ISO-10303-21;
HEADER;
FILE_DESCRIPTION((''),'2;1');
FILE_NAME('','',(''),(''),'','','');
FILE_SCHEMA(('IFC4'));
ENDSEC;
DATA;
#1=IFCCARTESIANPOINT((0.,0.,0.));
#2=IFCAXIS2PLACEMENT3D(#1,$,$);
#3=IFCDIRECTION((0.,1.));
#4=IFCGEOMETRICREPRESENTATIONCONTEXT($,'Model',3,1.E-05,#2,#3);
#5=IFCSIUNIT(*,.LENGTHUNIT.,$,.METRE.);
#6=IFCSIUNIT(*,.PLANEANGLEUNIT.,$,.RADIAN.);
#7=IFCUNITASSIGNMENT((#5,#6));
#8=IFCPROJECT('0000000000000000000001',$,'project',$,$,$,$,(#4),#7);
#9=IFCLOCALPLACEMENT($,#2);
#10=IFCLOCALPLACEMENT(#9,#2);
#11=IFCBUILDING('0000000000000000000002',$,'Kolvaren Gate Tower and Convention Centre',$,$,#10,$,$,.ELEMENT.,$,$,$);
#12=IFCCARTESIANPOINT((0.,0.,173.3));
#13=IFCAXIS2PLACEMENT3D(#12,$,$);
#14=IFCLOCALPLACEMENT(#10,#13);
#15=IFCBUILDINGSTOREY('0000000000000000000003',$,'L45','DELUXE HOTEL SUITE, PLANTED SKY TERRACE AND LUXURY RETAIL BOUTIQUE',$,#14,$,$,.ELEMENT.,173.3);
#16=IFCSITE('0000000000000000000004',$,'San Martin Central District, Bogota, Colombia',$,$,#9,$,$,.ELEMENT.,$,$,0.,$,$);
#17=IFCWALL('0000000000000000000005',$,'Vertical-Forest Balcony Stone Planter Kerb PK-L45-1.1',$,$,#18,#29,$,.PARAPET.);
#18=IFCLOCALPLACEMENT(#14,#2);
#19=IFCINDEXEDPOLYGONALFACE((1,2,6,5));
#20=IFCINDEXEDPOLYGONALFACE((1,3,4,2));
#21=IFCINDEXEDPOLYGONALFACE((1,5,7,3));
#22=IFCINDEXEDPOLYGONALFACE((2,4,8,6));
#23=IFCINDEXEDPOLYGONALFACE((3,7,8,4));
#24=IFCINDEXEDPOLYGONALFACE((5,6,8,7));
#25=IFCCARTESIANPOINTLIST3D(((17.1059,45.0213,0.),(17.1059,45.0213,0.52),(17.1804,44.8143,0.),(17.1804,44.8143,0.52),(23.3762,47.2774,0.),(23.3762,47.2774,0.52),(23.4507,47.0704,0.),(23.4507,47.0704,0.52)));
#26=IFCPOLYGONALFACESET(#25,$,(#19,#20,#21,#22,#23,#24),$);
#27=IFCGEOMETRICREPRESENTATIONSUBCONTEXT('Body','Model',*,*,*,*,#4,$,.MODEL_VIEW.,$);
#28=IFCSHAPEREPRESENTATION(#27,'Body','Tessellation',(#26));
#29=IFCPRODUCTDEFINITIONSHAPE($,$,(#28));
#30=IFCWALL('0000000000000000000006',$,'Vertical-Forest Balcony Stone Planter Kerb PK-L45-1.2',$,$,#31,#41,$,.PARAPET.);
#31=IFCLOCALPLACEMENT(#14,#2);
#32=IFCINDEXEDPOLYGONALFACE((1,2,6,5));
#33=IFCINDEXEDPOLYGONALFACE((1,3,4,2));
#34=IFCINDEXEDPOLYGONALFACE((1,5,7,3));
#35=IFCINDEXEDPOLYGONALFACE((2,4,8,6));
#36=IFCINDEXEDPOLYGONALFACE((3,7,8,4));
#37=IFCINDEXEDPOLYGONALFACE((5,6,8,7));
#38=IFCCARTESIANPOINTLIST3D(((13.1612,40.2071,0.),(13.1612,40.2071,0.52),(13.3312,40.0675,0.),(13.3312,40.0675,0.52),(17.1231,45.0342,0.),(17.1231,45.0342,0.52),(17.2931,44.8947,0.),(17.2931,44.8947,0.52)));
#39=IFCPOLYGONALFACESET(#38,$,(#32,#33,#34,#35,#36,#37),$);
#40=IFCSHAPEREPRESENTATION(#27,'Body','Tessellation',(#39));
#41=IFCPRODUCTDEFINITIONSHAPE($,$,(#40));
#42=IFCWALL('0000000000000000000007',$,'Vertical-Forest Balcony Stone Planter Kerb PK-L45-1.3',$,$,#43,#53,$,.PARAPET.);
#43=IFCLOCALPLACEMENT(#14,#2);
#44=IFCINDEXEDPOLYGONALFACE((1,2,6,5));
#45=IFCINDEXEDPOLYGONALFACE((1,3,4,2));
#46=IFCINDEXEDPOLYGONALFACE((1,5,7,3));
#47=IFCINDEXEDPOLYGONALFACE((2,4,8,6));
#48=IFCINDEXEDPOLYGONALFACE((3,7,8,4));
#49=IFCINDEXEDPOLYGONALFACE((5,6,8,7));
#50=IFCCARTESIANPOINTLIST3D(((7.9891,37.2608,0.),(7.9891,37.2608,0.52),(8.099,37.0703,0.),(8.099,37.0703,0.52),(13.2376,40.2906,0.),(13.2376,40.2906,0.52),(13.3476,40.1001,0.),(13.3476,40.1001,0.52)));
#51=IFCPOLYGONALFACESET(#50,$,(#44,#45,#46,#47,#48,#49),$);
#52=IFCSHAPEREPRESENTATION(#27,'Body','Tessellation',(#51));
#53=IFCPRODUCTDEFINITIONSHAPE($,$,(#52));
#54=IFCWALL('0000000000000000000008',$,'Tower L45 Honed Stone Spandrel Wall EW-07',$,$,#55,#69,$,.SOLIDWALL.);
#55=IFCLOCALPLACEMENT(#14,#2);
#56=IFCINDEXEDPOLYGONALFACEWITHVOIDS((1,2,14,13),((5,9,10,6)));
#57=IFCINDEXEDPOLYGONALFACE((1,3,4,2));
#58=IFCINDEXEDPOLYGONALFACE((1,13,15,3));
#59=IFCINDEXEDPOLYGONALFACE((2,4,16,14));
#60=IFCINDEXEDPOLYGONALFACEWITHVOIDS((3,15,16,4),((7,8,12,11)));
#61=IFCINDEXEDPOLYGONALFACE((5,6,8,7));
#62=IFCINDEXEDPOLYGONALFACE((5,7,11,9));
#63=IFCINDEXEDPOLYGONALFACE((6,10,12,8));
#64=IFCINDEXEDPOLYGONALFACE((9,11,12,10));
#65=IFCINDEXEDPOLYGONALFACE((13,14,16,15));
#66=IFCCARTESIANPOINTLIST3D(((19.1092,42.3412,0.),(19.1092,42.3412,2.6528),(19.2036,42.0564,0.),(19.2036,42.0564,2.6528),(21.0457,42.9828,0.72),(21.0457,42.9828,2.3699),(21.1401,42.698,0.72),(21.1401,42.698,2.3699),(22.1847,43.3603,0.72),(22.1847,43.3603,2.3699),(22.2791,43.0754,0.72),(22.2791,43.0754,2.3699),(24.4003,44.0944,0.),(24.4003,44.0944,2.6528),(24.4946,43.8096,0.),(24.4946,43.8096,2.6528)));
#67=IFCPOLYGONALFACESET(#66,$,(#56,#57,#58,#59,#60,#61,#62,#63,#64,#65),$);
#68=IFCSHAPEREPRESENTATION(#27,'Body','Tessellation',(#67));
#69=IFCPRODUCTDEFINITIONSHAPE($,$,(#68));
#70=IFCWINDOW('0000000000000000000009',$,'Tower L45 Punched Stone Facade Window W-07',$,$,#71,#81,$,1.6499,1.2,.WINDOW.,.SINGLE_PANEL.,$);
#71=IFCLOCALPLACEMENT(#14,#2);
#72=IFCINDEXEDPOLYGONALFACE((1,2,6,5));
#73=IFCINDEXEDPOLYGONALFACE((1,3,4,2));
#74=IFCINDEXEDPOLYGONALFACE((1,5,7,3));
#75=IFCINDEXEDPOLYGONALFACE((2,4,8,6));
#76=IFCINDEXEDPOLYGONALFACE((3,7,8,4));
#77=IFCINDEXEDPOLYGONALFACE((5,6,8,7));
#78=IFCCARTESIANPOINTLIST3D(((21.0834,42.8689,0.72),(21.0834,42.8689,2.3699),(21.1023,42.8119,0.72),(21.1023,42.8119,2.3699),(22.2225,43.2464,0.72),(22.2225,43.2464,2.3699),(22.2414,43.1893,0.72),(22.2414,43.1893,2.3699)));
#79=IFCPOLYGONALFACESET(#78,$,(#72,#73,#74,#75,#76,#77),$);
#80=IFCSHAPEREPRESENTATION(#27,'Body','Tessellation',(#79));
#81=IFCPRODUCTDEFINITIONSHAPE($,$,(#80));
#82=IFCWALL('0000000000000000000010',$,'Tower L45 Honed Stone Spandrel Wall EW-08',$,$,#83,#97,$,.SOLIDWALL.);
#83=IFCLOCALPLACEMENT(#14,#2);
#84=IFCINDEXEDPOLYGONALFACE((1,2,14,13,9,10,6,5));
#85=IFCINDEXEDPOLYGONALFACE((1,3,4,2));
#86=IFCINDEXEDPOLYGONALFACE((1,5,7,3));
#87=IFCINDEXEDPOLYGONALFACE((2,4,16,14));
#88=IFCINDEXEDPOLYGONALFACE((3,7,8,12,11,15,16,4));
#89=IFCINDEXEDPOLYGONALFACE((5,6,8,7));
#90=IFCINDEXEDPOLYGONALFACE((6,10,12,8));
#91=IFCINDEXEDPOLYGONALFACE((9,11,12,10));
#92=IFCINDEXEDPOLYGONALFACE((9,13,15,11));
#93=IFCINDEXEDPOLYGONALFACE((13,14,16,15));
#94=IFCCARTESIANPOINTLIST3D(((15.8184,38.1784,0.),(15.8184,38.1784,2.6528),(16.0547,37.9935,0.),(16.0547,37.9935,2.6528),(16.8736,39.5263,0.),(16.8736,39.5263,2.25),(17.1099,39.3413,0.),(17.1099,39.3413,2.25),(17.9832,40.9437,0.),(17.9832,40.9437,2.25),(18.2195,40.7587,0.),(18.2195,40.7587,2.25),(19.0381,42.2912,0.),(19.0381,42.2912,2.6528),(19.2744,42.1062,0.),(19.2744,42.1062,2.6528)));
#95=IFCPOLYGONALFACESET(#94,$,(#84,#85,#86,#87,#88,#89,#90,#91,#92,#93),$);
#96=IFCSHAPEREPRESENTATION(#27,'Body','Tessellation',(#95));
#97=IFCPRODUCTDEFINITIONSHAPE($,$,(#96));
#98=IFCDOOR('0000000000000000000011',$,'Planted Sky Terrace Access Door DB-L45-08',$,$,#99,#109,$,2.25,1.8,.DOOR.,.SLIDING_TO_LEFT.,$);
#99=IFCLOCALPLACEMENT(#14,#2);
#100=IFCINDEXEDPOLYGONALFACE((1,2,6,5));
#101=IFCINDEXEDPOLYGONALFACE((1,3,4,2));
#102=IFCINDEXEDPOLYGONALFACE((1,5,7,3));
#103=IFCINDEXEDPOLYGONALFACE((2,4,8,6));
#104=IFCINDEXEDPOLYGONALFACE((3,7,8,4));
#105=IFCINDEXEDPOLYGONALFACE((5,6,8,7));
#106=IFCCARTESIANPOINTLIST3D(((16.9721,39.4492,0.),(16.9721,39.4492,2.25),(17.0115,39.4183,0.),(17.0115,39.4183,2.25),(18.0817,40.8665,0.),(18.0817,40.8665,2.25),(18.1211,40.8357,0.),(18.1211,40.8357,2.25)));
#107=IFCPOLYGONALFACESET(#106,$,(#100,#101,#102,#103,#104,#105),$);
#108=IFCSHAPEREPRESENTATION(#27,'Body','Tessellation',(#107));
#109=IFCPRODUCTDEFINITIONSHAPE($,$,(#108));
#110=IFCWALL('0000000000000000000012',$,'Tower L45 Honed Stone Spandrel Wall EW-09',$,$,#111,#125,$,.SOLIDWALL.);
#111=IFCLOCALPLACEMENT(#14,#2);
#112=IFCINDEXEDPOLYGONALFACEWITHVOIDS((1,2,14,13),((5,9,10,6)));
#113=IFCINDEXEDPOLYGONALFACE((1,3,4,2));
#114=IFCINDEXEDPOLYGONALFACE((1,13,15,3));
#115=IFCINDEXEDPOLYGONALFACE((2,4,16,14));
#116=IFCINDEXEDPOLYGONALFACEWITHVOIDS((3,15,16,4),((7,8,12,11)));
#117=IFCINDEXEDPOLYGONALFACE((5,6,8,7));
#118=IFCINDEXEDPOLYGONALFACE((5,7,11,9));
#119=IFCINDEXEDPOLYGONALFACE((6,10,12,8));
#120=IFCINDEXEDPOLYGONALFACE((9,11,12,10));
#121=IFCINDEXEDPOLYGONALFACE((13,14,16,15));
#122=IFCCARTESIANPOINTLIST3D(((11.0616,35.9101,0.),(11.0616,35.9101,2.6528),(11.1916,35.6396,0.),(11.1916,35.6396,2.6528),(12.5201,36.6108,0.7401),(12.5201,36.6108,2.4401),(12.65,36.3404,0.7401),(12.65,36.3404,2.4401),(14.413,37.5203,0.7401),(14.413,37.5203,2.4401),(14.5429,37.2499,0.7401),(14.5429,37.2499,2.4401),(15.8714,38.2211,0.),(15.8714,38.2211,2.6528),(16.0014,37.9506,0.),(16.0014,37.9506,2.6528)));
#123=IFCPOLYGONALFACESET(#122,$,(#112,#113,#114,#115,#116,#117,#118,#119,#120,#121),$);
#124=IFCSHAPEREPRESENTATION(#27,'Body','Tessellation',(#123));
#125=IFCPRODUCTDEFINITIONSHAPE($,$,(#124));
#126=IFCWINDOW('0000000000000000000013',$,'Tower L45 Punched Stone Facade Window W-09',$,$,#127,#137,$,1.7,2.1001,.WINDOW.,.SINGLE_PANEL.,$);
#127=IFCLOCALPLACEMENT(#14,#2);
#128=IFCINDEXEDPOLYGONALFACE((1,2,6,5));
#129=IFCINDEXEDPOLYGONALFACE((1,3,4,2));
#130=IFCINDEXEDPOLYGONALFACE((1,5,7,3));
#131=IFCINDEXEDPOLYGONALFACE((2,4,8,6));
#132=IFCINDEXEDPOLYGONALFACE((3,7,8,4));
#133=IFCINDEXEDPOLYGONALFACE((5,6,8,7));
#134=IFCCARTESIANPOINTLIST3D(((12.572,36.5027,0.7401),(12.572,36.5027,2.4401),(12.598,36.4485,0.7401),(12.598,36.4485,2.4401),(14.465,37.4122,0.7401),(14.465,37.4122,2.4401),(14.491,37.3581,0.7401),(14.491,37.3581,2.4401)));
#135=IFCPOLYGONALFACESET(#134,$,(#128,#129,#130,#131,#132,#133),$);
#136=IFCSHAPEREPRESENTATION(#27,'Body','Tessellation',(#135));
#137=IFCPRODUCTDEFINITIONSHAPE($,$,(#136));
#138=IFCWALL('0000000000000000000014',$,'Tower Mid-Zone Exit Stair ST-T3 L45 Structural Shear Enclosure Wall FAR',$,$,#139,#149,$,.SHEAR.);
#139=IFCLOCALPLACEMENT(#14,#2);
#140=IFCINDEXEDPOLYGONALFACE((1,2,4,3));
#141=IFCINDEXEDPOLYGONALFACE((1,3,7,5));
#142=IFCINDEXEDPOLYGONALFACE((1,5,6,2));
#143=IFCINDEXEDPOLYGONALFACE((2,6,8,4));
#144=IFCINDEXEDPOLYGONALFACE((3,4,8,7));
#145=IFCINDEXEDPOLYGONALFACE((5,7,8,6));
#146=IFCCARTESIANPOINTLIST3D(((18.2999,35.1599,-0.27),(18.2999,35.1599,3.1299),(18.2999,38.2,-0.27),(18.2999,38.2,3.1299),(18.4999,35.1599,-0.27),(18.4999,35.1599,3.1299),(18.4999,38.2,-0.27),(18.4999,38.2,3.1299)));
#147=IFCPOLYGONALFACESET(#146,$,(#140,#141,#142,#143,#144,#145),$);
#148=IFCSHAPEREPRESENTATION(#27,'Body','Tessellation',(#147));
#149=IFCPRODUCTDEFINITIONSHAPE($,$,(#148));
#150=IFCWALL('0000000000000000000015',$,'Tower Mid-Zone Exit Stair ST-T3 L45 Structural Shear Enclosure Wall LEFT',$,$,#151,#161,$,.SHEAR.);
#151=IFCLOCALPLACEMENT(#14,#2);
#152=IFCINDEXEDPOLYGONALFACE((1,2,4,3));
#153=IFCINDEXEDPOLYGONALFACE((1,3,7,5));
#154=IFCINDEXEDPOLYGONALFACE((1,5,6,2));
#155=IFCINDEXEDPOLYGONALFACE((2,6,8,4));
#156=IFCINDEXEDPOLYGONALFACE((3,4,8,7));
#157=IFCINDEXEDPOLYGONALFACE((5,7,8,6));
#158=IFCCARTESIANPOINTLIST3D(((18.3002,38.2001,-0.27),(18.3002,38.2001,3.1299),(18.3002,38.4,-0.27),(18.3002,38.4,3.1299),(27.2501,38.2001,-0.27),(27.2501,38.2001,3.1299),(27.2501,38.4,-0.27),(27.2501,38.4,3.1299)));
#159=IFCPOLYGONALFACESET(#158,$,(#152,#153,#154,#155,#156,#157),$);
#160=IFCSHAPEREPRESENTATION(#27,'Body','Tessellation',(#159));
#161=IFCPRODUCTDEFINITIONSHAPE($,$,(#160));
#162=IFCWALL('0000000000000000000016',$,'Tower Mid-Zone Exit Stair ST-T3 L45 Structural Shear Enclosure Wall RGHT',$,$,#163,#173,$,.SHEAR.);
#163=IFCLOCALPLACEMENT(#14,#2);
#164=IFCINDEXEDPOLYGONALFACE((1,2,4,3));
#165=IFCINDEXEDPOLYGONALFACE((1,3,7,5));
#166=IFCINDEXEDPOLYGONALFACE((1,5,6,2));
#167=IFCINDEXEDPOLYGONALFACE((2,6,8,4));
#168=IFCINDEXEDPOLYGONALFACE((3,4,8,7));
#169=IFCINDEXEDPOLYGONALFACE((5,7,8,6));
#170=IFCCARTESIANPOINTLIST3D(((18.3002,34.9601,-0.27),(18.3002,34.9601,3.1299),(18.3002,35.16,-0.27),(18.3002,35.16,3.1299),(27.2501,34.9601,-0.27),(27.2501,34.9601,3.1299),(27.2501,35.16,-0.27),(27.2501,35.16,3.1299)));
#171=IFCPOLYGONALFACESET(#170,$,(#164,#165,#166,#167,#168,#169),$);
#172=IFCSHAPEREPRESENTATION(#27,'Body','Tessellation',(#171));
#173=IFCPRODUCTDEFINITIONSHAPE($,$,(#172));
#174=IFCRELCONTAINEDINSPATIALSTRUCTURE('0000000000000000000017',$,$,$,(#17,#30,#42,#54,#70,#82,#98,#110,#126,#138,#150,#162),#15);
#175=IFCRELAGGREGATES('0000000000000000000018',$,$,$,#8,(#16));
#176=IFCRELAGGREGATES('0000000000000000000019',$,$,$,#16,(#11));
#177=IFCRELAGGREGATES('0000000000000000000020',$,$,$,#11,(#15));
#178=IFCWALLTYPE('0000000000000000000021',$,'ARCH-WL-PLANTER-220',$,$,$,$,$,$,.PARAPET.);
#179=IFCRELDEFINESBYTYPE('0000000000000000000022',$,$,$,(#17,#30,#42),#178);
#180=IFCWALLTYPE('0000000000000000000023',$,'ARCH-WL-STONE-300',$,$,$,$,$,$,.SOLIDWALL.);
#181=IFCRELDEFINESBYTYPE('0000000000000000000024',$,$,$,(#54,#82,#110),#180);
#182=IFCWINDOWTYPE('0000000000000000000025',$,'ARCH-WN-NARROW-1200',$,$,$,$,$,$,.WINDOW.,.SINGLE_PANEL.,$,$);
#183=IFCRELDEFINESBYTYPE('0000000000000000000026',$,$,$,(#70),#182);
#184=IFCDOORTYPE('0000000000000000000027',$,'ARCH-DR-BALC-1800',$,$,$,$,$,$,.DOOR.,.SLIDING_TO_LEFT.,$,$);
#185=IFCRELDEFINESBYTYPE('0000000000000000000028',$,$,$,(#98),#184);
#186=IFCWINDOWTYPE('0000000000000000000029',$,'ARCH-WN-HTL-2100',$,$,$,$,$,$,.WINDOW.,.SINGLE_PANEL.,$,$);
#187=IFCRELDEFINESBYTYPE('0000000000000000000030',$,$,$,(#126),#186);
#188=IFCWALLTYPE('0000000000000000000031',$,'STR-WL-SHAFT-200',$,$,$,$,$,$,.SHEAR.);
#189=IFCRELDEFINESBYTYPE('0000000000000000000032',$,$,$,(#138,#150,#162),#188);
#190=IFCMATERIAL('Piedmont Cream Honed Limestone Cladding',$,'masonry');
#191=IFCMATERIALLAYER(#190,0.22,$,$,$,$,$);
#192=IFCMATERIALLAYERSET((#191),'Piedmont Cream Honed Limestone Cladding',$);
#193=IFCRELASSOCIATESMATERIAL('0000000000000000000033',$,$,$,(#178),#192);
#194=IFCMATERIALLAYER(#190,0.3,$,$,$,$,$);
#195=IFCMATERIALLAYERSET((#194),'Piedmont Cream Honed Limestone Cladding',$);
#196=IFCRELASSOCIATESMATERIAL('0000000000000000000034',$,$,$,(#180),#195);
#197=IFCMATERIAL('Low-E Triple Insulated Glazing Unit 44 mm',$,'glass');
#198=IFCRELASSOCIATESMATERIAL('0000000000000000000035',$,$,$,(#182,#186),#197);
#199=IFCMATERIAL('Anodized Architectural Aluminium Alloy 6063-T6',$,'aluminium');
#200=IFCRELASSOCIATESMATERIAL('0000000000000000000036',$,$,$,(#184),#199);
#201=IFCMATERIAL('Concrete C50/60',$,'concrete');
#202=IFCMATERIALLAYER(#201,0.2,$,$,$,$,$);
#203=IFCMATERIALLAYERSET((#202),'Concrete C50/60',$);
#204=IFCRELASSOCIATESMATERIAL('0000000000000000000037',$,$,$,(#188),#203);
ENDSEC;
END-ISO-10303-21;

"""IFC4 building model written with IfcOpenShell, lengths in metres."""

from ifc_helpers import new_model, si_unit, direction, frame, frame_2d, origin, place, context, subcontext, project, spatial, rectangle, extrude, material, layer, layer_set, type_object, element, fill, save


model = new_model("IFC4")

# Units and contexts
model_context = context("Model", 3, precision=1e-05, world=origin(), true_north=direction((0.0, 1.0)))
body_context = subcontext(model_context, "Body", "Model", "MODEL_VIEW")
ifc_project = project(units=[si_unit("LENGTHUNIT", "METRE"), si_unit("PLANEANGLEUNIT", "RADIAN")], contexts=[model_context])

# Site, building, storey
site_placement = place(None, origin())
site = spatial("IfcSite", under=ifc_project, at=site_placement, Name="San Martin Central District, Bogota, Colombia", CompositionType="ELEMENT", RefElevation=0.0)
building_placement = place(site_placement, origin())
building = spatial("IfcBuilding", under=site, at=building_placement, Name="Kolvaren Gate Tower and Convention Centre", CompositionType="ELEMENT")
storey_placement = place(building_placement, frame((0.0, 0.0, 173.3)))
storey = spatial("IfcBuildingStorey", under=building, at=storey_placement, Name="L45", Description="DELUXE HOTEL SUITE, PLANTED SKY TERRACE AND LUXURY RETAIL BOUTIQUE", CompositionType="ELEMENT", Elevation=173.3)

# Walls
ifc_material_1 = material(Name="Piedmont Cream Honed Limestone Cladding", Category="masonry")
ifc_layer_1 = layer(ifc_material_1, 0.22)
ifc_layer_set_1 = layer_set([ifc_layer_1], Name="Piedmont Cream Honed Limestone Cladding")
wall_type_1 = type_object("IfcWallType", Name="ARCH-WL-PLANTER-220", PredefinedType="PARAPET", material=ifc_layer_set_1)
wall_1_placement = place(storey_placement, frame((17.1431, 44.9177, 0.0), z_axis=(0.0, 0.0, 1.0), x_axis=(0.940944, 0.338561, 0.0)))
element("IfcWall", 1, at=wall_1_placement, inside=storey, type_object=wall_type_1, Name="Vertical-Forest Balcony Stone Planter Kerb PK-L45-1.1", PredefinedType="PARAPET", context=body_context, shape_type="SweptSolid", body=[
    extrude(rectangle(XDim=6.6638, YDim=0.22, at=frame_2d((3.332, 0.0))), origin(), (0.0, 0.0, 1.0), 0.52),
])
wall_2_placement = place(storey_placement, frame((13.2461, 40.1372, 0.0), z_axis=(0.0, 0.0, 1.0), x_axis=(0.634429, 0.772981, 0.0)))
element("IfcWall", 2, at=wall_2_placement, inside=storey, type_object=wall_type_1, Name="Vertical-Forest Balcony Stone Planter Kerb PK-L45-1.2", PredefinedType="PARAPET", context=body_context, shape_type="SweptSolid", body=[
    extrude(rectangle(XDim=6.2449, YDim=0.22, at=frame_2d((3.1226, 0.0))), origin(), (0.0, 0.0, 1.0), 0.52),
])
wall_3_placement = place(storey_placement, frame((8.0439, 37.1655, 0.0), z_axis=(0.0, 0.0, 1.0), x_axis=(0.866058, 0.499943, 0.0)))
element("IfcWall", 3, at=wall_3_placement, inside=storey, type_object=wall_type_1, Name="Vertical-Forest Balcony Stone Planter Kerb PK-L45-1.3", PredefinedType="PARAPET", context=body_context, shape_type="SweptSolid", body=[
    extrude(rectangle(XDim=6.0603, YDim=0.22, at=frame_2d((3.0303, 0.0))), origin(), (0.0, 0.0, 1.0), 0.52),
])

# Wall, opening, window
ifc_layer_2 = layer(ifc_material_1, 0.3)
ifc_layer_set_2 = layer_set([ifc_layer_2], Name="Piedmont Cream Honed Limestone Cladding")
wall_type_2 = type_object("IfcWallType", Name="ARCH-WL-STONE-300", PredefinedType="SOLIDWALL", material=ifc_layer_set_2)
wall_4_placement = place(storey_placement, frame((19.1562, 42.1987, 0.0), z_axis=(0.0, 0.0, 1.0), x_axis=(0.949247, 0.314532, 0.0)))
wall_4 = element("IfcWall", 4, at=wall_4_placement, inside=storey, type_object=wall_type_2, Name="Tower L45 Honed Stone Spandrel Wall EW-07", PredefinedType="SOLIDWALL", context=body_context, shape_type="SweptSolid", body=[
    extrude(rectangle(XDim=5.574, YDim=0.3, at=frame_2d((2.7871, 0.0))), origin(), (0.0, 0.0, 1.0), 2.6528),
])
opening_1_placement = place(wall_4_placement, frame((2.04, 0.0, 0.72)))
opening_1 = element("IfcOpeningElement", 5, at=opening_1_placement, cuts=wall_4, PredefinedType="OPENING", context=body_context, shape_type="SweptSolid", body=[
    extrude(rectangle(XDim=1.2, YDim=1.6499, at=frame_2d((0.6001, 0.825))), frame((0.0, 0.1599, 0.0), z_axis=(0.0, -1.0, 0.0), x_axis=(1.0, 0.0, 0.0)), (0.0, 0.0, 1.0), 0.3201),
])
ifc_material_2 = material(Name="Low-E Triple Insulated Glazing Unit 44 mm", Category="glass")
window_type_1 = type_object("IfcWindowType", Name="ARCH-WN-NARROW-1200", PartitioningType="SINGLE_PANEL", PredefinedType="WINDOW", material=ifc_material_2)
window_1_placement = place(opening_1_placement, origin())
window_1 = element("IfcWindow", 6, at=window_1_placement, inside=storey, type_object=window_type_1, Name="Tower L45 Punched Stone Facade Window W-07", OverallHeight=1.6499, OverallWidth=1.2, PartitioningType="SINGLE_PANEL", PredefinedType="WINDOW", context=body_context, shape_type="SweptSolid", body=[
    extrude(rectangle(XDim=1.2, YDim=1.6499, at=frame_2d((0.6001, 0.825))), frame((0.0, 0.03, 0.0), z_axis=(0.0, -1.0, 0.0), x_axis=(1.0, 0.0, 0.0)), (0.0, 0.0, 1.0), 0.0601),
])
fill(opening_1, window_1)

# Wall, opening, door
wall_5_placement = place(storey_placement, frame((15.9365, 38.0859, 0.0), z_axis=(0.0, 0.0, 1.0), x_axis=(0.616429, 0.78741, 0.0)))
wall_5 = element("IfcWall", 7, at=wall_5_placement, inside=storey, type_object=wall_type_2, Name="Tower L45 Honed Stone Spandrel Wall EW-08", PredefinedType="SOLIDWALL", context=body_context, shape_type="SweptSolid", body=[
    extrude(rectangle(XDim=5.2231, YDim=0.3, at=frame_2d((2.6116, 0.0))), origin(), (0.0, 0.0, 1.0), 2.6528),
])
opening_2_placement = place(wall_5_placement, frame((1.7119, 0.0, 0.0)))
opening_2 = element("IfcOpeningElement", 8, at=opening_2_placement, cuts=wall_5, PredefinedType="OPENING", context=body_context, shape_type="SweptSolid", body=[
    extrude(rectangle(XDim=1.8, YDim=2.25, at=frame_2d((0.8999, 1.125))), frame((0.0, 0.1599, 0.0), z_axis=(0.0, -1.0, 0.0), x_axis=(1.0, 0.0, 0.0)), (0.0, 0.0, 1.0), 0.3201),
])
ifc_material_3 = material(Name="Anodized Architectural Aluminium Alloy 6063-T6", Category="aluminium")
door_type = type_object("IfcDoorType", Name="ARCH-DR-BALC-1800", OperationType="SLIDING_TO_LEFT", PredefinedType="DOOR", material=ifc_material_3)
door_placement = place(opening_2_placement, origin())
door = element("IfcDoor", 9, at=door_placement, inside=storey, type_object=door_type, Name="Planted Sky Terrace Access Door DB-L45-08", OperationType="SLIDING_TO_LEFT", OverallHeight=2.25, OverallWidth=1.8, PredefinedType="DOOR", context=body_context, shape_type="SweptSolid", body=[
    extrude(rectangle(XDim=1.8, YDim=2.25, at=frame_2d((0.8999, 1.125))), frame((0.0, 0.0249, 0.0), z_axis=(0.0, -1.0, 0.0), x_axis=(1.0, 0.0, 0.0)), (0.0, 0.0, 1.0), 0.05),
])
fill(opening_2, door)

# Wall, opening, window
wall_6_placement = place(storey_placement, frame((11.1267, 35.7749, 0.0), z_axis=(0.0, 0.0, 1.0), x_axis=(0.901353, 0.433085, 0.0)))
wall_6 = element("IfcWall", 10, at=wall_6_placement, inside=storey, type_object=wall_type_2, Name="Tower L45 Honed Stone Spandrel Wall EW-09", PredefinedType="SOLIDWALL", context=body_context, shape_type="SweptSolid", body=[
    extrude(rectangle(XDim=5.3362, YDim=0.3, at=frame_2d((2.668, 0.0))), origin(), (0.0, 0.0, 1.0), 2.6528),
])
opening_3_placement = place(wall_6_placement, frame((1.6179, 0.0, 0.74)))
opening_3 = element("IfcOpeningElement", 11, at=opening_3_placement, cuts=wall_6, PredefinedType="OPENING", context=body_context, shape_type="SweptSolid", body=[
    extrude(rectangle(XDim=2.1001, YDim=1.7, at=frame_2d((1.05, 0.8501))), frame((0.0, 0.1599, 0.0), z_axis=(0.0, -1.0, 0.0), x_axis=(1.0, 0.0, 0.0)), (0.0, 0.0, 1.0), 0.3201),
])
window_type_2 = type_object("IfcWindowType", Name="ARCH-WN-HTL-2100", PartitioningType="SINGLE_PANEL", PredefinedType="WINDOW", material=ifc_material_2)
window_2_placement = place(opening_3_placement, origin())
window_2 = element("IfcWindow", 12, at=window_2_placement, inside=storey, type_object=window_type_2, Name="Tower L45 Punched Stone Facade Window W-09", OverallHeight=1.7, OverallWidth=2.1001, PartitioningType="SINGLE_PANEL", PredefinedType="WINDOW", context=body_context, shape_type="SweptSolid", body=[
    extrude(rectangle(XDim=2.1001, YDim=1.7, at=frame_2d((1.05, 0.8501))), frame((0.0, 0.03, 0.0), z_axis=(0.0, -1.0, 0.0), x_axis=(1.0, 0.0, 0.0)), (0.0, 0.0, 1.0), 0.0601),
])
fill(opening_3, window_2)

# Walls
ifc_material_4 = material(Name="Concrete C50/60", Category="concrete")
ifc_layer_3 = layer(ifc_material_4, 0.2)
ifc_layer_set_3 = layer_set([ifc_layer_3], Name="Concrete C50/60")
wall_type_3 = type_object("IfcWallType", Name="STR-WL-SHAFT-200", PredefinedType="SHEAR", material=ifc_layer_set_3)
wall_7_placement = place(storey_placement, frame((18.3999, 35.1599, -0.27), z_axis=(0.0, 0.0, 1.0), x_axis=(0.0, 1.0, 0.0)))
element("IfcWall", 13, at=wall_7_placement, inside=storey, type_object=wall_type_3, Name="Tower Mid-Zone Exit Stair ST-T3 L45 Structural Shear Enclosure Wall FAR", PredefinedType="SHEAR", context=body_context, shape_type="SweptSolid", body=[
    extrude(rectangle(XDim=3.04, YDim=0.2, at=frame_2d((1.52, 0.0))), origin(), (0.0, 0.0, 1.0), 3.3999),
])
for number, where, z_axis, x_axis, name in (
    (14, (18.3, 38.3, -0.27), (0.0, 0.0, 1.0), (1.0, 0.0, 0.0), "Tower Mid-Zone Exit Stair ST-T3 L45 Structural Shear Enclosure Wall LEFT"),
    (15, (18.3, 35.0601, -0.27), (0.0, 0.0, 1.0), (1.0, 0.0, 0.0), "Tower Mid-Zone Exit Stair ST-T3 L45 Structural Shear Enclosure Wall RGHT"),
):
    element("IfcWall", number, at=place(storey_placement, frame(where, z_axis=z_axis, x_axis=x_axis)), inside=storey, type_object=wall_type_3, Name=name, PredefinedType="SHEAR", context=body_context, shape_type="SweptSolid", body=[
        extrude(rectangle(XDim=8.95, YDim=0.2, at=frame_2d((4.4751, 0.0))), origin(), (0.0, 0.0, 1.0), 3.3999),
    ])

save(model, "model.ifc")
